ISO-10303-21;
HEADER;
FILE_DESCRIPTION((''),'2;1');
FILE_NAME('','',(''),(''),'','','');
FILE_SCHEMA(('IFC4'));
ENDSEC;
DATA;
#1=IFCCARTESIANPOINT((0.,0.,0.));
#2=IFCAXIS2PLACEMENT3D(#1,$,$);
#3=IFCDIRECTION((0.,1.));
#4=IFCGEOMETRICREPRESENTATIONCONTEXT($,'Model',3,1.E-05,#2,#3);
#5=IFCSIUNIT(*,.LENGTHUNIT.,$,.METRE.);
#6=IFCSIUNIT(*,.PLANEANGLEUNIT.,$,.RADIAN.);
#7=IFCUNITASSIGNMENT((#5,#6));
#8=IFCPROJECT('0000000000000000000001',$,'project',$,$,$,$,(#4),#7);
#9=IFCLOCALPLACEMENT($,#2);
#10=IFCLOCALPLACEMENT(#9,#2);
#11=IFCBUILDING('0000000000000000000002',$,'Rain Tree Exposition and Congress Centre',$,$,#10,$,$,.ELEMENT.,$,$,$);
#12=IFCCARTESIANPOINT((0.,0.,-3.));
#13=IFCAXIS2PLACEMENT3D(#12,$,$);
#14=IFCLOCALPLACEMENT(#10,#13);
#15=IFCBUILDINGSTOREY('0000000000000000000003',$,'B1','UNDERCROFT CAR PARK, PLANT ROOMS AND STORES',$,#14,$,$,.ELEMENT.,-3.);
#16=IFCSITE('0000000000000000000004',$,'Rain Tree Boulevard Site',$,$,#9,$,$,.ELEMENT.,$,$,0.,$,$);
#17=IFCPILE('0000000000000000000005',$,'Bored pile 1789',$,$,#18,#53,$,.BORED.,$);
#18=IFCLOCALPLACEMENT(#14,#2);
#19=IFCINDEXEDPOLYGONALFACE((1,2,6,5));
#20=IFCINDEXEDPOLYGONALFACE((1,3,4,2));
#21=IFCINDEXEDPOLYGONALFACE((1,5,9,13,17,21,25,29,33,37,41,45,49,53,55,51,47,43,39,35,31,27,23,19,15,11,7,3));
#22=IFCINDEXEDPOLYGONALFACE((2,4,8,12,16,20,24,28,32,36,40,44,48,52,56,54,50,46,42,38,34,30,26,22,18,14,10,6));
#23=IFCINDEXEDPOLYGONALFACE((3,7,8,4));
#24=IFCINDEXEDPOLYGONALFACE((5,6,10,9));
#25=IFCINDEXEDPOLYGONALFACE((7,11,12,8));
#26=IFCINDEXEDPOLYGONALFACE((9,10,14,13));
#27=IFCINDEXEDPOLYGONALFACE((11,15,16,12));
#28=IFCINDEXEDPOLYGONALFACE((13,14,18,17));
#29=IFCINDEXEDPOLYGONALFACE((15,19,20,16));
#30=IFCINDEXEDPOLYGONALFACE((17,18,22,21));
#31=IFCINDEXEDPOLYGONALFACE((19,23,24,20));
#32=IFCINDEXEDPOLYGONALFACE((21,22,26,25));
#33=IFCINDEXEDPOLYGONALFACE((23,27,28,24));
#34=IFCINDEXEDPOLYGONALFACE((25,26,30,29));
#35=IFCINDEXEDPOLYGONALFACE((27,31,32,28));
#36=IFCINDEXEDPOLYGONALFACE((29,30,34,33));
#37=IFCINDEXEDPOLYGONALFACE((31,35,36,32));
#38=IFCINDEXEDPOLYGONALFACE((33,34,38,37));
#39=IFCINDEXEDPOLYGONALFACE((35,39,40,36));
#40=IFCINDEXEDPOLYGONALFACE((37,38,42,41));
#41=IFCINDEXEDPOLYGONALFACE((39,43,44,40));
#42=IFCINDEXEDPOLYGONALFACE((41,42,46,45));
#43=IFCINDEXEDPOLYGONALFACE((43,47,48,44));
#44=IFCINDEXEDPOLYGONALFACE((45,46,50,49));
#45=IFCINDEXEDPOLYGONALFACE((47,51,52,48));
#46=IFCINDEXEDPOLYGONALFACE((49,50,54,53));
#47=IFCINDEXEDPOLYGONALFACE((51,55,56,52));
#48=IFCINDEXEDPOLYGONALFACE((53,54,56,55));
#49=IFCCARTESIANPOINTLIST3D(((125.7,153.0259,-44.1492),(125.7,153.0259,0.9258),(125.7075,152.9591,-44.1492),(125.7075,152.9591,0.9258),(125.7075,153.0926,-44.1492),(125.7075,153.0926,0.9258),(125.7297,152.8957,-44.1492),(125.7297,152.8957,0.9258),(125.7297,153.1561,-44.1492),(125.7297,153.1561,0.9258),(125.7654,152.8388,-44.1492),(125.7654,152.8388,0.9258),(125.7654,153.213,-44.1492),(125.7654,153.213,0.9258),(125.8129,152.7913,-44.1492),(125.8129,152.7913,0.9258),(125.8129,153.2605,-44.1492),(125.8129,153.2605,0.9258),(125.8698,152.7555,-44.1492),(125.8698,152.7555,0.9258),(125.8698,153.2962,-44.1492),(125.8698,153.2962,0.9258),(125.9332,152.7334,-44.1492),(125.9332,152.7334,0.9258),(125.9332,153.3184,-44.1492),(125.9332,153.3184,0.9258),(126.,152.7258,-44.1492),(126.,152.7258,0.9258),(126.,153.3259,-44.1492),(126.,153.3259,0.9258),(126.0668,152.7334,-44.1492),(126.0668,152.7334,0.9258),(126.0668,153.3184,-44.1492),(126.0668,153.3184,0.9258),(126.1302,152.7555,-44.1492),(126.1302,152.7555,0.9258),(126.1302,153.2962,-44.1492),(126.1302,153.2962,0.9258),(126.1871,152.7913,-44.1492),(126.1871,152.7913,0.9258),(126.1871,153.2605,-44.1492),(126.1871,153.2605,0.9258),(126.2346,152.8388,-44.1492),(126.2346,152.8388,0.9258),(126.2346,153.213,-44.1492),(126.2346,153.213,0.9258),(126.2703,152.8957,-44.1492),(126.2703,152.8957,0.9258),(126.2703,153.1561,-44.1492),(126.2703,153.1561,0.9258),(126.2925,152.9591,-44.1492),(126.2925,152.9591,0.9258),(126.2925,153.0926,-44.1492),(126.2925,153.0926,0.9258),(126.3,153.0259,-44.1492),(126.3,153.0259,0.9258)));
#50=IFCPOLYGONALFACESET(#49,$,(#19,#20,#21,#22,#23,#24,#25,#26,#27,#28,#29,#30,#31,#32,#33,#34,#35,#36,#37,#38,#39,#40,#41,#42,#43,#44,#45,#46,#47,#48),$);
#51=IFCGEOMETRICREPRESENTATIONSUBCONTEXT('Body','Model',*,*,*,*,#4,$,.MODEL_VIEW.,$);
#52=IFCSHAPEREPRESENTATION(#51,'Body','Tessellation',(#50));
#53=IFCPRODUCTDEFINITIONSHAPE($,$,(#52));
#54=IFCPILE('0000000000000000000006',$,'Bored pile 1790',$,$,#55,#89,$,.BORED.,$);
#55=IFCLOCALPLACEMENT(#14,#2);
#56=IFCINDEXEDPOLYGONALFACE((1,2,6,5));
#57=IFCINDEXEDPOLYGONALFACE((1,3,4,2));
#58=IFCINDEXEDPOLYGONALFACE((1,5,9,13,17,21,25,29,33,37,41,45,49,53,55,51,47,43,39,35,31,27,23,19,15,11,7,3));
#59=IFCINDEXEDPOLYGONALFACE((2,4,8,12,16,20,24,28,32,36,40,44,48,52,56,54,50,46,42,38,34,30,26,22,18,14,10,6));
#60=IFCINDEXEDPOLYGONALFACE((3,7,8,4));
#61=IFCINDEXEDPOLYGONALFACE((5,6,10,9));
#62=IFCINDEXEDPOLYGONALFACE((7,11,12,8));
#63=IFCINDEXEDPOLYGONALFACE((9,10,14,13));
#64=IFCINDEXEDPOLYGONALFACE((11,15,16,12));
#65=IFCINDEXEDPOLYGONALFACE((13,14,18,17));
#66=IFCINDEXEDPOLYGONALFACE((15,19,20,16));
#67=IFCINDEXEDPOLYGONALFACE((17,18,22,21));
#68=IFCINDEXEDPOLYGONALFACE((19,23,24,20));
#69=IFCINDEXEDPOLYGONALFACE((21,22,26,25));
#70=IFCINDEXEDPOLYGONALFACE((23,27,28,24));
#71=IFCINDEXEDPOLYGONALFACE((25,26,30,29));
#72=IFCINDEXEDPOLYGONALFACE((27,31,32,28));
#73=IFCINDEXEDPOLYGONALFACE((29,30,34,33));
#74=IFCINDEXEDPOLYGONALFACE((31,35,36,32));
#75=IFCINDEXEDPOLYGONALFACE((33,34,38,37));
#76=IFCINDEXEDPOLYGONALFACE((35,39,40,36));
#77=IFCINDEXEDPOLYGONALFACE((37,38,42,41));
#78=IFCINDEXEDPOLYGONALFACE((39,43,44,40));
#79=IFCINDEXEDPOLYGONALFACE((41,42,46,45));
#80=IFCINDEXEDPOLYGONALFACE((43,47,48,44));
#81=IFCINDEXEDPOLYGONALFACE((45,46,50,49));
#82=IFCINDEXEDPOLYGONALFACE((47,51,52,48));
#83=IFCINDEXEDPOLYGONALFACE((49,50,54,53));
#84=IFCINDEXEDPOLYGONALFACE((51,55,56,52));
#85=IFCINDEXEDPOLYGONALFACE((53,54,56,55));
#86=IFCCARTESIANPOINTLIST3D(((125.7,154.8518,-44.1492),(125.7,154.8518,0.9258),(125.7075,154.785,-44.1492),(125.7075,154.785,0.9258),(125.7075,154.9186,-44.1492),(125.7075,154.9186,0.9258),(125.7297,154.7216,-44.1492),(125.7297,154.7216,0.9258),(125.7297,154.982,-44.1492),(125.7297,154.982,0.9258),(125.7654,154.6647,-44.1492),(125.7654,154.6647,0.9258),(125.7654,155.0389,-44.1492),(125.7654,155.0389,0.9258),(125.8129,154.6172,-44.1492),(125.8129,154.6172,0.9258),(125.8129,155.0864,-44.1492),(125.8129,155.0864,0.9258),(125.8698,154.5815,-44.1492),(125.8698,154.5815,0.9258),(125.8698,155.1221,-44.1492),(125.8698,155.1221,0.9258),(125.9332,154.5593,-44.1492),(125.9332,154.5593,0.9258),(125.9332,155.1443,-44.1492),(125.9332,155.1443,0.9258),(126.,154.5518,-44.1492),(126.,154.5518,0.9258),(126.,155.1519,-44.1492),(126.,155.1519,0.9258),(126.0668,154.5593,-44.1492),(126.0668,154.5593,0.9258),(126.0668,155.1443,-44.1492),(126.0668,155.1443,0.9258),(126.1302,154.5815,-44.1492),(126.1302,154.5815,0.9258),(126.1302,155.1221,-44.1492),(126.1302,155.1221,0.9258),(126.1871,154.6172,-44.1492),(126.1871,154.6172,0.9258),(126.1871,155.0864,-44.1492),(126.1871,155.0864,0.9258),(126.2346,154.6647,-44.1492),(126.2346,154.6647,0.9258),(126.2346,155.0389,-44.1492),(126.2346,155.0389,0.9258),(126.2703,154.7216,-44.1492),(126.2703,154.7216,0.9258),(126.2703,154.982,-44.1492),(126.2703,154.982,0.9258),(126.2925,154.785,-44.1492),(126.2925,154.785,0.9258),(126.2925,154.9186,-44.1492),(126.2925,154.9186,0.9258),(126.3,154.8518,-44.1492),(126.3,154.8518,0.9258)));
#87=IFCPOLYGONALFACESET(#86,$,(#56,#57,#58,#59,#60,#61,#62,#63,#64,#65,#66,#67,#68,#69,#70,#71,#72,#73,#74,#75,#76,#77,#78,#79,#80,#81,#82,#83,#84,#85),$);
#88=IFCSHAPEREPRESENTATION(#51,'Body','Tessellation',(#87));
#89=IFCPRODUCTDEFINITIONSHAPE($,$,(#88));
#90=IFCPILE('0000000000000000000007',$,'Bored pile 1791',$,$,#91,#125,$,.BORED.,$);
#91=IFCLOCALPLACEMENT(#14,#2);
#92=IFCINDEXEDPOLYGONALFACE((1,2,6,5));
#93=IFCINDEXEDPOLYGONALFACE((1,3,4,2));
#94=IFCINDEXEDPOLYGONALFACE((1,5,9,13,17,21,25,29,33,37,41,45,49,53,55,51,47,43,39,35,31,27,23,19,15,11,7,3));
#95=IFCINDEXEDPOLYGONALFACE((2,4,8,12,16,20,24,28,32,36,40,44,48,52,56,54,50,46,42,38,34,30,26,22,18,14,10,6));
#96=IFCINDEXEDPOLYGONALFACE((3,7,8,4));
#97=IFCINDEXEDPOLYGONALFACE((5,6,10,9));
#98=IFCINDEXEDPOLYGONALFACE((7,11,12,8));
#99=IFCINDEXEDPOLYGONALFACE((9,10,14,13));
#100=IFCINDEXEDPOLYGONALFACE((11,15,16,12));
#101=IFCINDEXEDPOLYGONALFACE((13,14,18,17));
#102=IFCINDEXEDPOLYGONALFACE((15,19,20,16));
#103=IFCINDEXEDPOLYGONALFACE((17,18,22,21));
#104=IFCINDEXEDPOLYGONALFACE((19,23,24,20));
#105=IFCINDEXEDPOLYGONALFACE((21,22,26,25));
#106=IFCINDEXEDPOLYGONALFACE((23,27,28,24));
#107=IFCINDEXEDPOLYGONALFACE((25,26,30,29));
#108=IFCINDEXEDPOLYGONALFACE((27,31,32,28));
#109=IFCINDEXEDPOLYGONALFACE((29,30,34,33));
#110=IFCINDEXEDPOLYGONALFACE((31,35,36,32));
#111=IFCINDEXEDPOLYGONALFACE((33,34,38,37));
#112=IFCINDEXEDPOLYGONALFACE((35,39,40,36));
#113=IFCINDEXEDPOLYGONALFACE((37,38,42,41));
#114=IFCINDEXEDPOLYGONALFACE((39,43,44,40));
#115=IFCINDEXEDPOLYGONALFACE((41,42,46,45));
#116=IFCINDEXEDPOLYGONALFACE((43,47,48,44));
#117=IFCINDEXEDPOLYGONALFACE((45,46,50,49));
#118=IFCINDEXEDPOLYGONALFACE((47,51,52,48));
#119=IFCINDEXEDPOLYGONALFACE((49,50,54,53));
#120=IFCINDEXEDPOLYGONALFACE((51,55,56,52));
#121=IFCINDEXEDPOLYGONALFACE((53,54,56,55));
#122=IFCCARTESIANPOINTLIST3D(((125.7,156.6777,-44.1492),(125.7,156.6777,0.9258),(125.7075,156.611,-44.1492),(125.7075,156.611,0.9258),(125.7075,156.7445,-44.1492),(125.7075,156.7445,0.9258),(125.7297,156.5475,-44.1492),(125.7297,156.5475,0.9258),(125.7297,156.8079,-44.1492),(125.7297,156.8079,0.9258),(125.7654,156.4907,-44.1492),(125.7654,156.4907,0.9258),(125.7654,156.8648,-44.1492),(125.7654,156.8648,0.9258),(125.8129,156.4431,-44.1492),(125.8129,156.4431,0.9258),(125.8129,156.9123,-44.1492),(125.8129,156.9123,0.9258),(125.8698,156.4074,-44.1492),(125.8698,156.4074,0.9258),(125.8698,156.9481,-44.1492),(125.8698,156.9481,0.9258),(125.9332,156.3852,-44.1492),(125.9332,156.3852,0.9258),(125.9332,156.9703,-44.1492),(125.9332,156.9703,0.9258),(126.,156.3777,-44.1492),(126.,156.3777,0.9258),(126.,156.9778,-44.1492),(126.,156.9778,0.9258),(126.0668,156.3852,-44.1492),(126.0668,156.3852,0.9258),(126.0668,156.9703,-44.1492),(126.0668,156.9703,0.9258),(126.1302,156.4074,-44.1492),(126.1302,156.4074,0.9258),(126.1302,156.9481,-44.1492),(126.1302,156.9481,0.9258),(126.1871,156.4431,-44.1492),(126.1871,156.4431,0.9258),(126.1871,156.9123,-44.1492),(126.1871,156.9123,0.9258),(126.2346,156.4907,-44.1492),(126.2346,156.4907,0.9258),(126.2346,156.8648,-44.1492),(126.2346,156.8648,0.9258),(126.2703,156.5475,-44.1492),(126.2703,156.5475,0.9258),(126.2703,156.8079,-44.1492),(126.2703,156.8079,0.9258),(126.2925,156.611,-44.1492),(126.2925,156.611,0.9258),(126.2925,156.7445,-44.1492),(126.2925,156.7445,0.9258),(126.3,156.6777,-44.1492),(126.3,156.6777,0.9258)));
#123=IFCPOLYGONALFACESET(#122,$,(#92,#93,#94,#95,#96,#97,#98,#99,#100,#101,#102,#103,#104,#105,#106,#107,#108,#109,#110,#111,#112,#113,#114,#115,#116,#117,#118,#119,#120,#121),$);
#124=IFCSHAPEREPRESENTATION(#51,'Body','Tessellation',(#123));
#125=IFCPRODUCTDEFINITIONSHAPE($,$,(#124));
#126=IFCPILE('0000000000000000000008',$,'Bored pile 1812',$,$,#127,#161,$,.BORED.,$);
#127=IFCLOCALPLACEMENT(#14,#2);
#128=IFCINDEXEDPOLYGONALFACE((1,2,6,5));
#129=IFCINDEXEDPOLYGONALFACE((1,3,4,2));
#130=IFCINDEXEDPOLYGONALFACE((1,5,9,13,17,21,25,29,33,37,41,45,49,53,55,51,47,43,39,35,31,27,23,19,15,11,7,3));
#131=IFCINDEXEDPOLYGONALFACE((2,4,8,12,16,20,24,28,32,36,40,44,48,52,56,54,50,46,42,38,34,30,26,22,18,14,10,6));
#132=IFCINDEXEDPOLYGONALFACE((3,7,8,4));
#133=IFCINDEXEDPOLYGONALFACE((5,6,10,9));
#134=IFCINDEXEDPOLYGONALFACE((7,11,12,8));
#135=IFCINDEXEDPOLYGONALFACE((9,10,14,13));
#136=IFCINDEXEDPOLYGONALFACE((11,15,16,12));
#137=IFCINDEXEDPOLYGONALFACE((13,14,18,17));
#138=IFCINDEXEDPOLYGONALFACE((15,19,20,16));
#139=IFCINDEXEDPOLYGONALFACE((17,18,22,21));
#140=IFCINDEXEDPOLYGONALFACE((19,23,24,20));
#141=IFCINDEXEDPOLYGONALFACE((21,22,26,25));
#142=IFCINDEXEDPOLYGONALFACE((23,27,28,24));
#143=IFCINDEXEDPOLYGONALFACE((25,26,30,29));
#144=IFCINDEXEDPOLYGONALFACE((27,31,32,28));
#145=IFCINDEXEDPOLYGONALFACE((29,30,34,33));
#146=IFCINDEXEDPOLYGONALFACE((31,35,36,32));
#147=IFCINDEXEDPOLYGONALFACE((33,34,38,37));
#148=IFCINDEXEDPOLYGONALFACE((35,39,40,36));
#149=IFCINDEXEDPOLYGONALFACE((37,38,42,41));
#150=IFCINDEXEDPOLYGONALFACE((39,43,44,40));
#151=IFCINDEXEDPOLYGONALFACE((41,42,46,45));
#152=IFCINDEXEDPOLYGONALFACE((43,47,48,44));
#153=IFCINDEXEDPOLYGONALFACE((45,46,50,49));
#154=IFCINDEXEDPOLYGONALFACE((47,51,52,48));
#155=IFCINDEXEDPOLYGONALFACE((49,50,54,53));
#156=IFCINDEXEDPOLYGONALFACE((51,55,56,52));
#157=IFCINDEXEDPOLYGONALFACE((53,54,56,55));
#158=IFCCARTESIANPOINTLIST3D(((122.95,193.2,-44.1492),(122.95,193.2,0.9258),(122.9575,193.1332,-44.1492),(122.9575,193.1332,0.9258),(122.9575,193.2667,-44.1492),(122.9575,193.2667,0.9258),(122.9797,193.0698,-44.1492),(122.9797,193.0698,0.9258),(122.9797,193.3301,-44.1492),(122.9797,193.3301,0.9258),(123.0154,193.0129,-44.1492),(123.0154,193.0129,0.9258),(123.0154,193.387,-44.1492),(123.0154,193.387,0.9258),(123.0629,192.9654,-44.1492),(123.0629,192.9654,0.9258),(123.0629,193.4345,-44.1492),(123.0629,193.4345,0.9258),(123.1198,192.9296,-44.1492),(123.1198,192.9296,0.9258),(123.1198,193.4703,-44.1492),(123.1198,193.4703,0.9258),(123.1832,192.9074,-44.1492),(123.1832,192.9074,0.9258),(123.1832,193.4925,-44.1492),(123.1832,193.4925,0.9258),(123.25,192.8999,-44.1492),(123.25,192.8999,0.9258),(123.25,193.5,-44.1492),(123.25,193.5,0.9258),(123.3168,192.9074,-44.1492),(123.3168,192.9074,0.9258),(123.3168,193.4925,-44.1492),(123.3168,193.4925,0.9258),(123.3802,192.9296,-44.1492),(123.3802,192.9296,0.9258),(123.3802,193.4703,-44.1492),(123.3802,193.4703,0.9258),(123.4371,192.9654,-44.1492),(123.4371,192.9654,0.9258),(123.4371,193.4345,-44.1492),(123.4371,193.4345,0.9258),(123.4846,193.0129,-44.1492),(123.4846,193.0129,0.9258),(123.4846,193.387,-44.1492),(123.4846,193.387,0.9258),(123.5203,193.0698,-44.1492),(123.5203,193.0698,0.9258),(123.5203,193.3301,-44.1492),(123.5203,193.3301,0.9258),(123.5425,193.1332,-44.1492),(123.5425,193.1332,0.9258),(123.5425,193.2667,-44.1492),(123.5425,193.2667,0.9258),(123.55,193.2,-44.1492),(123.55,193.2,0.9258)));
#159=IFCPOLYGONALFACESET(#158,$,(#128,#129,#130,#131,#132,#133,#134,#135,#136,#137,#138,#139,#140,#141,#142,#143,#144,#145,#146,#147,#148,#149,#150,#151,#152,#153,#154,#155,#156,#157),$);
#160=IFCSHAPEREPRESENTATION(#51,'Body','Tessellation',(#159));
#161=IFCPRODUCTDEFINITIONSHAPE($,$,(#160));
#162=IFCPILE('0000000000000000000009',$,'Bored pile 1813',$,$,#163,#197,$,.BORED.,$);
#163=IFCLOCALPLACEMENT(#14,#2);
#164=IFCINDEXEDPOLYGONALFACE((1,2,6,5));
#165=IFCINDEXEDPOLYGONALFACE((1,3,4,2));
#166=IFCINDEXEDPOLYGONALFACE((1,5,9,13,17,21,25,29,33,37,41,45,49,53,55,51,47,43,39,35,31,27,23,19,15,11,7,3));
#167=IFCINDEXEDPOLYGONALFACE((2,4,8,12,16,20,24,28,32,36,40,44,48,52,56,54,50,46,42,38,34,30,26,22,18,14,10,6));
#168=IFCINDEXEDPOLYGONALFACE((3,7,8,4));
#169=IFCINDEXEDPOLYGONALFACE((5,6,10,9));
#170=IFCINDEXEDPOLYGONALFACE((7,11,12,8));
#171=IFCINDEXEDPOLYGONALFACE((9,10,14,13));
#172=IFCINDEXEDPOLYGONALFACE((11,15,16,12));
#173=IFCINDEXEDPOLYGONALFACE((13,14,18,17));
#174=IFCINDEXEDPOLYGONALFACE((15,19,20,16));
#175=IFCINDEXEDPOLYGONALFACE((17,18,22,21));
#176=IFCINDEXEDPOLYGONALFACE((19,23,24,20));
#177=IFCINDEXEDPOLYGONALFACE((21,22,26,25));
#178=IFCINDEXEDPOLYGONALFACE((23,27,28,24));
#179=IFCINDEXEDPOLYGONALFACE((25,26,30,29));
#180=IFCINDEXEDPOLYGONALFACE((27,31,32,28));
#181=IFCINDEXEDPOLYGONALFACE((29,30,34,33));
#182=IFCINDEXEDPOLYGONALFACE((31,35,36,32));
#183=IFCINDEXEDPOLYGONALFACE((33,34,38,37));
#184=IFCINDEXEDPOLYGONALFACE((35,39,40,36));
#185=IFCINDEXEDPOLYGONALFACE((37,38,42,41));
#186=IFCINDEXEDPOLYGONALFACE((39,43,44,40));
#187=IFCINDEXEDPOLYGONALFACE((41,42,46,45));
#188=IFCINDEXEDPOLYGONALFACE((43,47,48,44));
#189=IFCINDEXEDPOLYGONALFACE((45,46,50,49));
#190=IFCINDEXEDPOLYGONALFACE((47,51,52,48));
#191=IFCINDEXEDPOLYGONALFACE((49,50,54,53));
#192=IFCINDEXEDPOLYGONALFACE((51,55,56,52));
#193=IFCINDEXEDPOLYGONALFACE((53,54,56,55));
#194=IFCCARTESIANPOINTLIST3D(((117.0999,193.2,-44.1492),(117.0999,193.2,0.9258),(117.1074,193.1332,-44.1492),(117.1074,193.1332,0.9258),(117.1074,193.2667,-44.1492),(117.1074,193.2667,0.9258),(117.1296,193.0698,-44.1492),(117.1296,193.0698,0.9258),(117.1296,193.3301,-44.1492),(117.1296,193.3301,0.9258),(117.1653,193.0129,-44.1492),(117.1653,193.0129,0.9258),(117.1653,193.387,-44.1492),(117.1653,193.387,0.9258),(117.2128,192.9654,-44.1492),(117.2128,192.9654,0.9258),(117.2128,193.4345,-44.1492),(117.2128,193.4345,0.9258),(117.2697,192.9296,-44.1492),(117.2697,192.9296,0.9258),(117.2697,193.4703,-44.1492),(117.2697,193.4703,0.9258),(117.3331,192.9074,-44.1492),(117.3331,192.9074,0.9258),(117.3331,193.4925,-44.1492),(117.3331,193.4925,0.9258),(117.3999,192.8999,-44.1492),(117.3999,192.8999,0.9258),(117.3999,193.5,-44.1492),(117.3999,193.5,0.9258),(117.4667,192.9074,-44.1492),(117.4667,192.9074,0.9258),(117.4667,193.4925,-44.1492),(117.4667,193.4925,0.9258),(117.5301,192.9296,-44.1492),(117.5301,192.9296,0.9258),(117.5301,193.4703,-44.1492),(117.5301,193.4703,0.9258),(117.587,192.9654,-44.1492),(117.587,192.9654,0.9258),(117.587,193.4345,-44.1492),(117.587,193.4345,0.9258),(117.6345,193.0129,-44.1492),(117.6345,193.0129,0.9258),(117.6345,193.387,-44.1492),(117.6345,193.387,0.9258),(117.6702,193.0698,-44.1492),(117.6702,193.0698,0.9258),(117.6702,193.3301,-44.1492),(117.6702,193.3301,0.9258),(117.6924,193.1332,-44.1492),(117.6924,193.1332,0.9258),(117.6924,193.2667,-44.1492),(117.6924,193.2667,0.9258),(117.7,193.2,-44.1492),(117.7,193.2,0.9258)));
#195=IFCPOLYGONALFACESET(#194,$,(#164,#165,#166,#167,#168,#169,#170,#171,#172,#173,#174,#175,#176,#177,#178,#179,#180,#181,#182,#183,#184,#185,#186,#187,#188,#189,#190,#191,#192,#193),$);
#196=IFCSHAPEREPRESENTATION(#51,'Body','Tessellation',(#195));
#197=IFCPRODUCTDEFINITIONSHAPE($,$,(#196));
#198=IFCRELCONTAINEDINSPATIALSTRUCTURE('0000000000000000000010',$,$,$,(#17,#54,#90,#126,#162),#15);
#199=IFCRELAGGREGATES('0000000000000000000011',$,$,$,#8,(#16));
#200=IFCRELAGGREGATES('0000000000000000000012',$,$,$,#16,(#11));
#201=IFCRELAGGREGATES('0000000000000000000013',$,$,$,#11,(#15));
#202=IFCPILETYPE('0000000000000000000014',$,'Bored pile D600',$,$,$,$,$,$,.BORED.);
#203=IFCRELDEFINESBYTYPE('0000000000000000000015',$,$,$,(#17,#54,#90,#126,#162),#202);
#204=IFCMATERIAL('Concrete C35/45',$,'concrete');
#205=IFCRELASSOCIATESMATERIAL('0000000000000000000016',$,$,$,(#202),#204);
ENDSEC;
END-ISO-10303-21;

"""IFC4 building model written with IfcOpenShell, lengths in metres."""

from ifc_helpers import new_model, si_unit, direction, frame, origin, origin_2d, place, context, subcontext, project, spatial, circle, extrude, material, material_profile, profile_set, type_object, element, save


model = new_model("IFC4")

# Units and contexts
model_context = context("Model", 3, precision=1e-05, world=origin(), true_north=direction((0.0, 1.0)))
body_context = subcontext(model_context, "Body", "Model", "MODEL_VIEW")
ifc_project = project(units=[si_unit("LENGTHUNIT", "METRE"), si_unit("PLANEANGLEUNIT", "RADIAN")], contexts=[model_context])

# Site, building, storey
site_placement = place(None, origin())
site = spatial("IfcSite", under=ifc_project, at=site_placement, Name="Rain Tree Boulevard Site", CompositionType="ELEMENT", RefElevation=0.0)
building_placement = place(site_placement, origin())
building = spatial("IfcBuilding", under=site, at=building_placement, Name="Rain Tree Exposition and Congress Centre", CompositionType="ELEMENT")
storey_placement = place(building_placement, frame((0.0, 0.0, -3.0)))
storey = spatial("IfcBuildingStorey", under=building, at=storey_placement, Name="B1", Description="UNDERCROFT CAR PARK, PLANT ROOMS AND STORES", CompositionType="ELEMENT", Elevation=-3.0)

# Piles
ifc_material_1 = material(Name="Concrete C35/45", Category="concrete")
ifc_material_profile_1 = material_profile(ifc_material_1, circle(Radius=0.3, at=origin_2d()), Name="D600")
ifc_profile_set_1 = profile_set([ifc_material_profile_1], Name="Concrete C35/45")
pile_type_1 = type_object("IfcPileType", Name="Bored pile D600", PredefinedType="BORED", material=ifc_profile_set_1)
for number, where, z_axis, x_axis, name in (
    (1, (126.0, 153.0259, 0.9258), (0.0, 0.0, -1.0), (1.0, 0.0, 0.0), "Bored pile 1789"),
    (2, (126.0, 154.8518, 0.9258), (0.0, 0.0, -1.0), (1.0, 0.0, 0.0), "Bored pile 1790"),
    (3, (126.0, 156.6777, 0.9258), (0.0, 0.0, -1.0), (1.0, 0.0, 0.0), "Bored pile 1791"),
    (4, (123.25, 193.2, 0.9258), (0.0, 0.0, -1.0), (1.0, 0.0, 0.0), "Bored pile 1812"),
    (5, (117.3999, 193.2, 0.9258), (0.0, 0.0, -1.0), (1.0, 0.0, 0.0), "Bored pile 1813"),
):
    element("IfcPile", number, at=place(storey_placement, frame(where, z_axis=z_axis, x_axis=x_axis)), inside=storey, type_object=pile_type_1, Name=name, PredefinedType="BORED", context=body_context, shape_type="SweptSolid", body=[
        extrude(circle(Radius=0.3, at=origin_2d()), origin(), (0.0, 0.0, 1.0), 45.075),
    ])

save(model, "model.ifc")
